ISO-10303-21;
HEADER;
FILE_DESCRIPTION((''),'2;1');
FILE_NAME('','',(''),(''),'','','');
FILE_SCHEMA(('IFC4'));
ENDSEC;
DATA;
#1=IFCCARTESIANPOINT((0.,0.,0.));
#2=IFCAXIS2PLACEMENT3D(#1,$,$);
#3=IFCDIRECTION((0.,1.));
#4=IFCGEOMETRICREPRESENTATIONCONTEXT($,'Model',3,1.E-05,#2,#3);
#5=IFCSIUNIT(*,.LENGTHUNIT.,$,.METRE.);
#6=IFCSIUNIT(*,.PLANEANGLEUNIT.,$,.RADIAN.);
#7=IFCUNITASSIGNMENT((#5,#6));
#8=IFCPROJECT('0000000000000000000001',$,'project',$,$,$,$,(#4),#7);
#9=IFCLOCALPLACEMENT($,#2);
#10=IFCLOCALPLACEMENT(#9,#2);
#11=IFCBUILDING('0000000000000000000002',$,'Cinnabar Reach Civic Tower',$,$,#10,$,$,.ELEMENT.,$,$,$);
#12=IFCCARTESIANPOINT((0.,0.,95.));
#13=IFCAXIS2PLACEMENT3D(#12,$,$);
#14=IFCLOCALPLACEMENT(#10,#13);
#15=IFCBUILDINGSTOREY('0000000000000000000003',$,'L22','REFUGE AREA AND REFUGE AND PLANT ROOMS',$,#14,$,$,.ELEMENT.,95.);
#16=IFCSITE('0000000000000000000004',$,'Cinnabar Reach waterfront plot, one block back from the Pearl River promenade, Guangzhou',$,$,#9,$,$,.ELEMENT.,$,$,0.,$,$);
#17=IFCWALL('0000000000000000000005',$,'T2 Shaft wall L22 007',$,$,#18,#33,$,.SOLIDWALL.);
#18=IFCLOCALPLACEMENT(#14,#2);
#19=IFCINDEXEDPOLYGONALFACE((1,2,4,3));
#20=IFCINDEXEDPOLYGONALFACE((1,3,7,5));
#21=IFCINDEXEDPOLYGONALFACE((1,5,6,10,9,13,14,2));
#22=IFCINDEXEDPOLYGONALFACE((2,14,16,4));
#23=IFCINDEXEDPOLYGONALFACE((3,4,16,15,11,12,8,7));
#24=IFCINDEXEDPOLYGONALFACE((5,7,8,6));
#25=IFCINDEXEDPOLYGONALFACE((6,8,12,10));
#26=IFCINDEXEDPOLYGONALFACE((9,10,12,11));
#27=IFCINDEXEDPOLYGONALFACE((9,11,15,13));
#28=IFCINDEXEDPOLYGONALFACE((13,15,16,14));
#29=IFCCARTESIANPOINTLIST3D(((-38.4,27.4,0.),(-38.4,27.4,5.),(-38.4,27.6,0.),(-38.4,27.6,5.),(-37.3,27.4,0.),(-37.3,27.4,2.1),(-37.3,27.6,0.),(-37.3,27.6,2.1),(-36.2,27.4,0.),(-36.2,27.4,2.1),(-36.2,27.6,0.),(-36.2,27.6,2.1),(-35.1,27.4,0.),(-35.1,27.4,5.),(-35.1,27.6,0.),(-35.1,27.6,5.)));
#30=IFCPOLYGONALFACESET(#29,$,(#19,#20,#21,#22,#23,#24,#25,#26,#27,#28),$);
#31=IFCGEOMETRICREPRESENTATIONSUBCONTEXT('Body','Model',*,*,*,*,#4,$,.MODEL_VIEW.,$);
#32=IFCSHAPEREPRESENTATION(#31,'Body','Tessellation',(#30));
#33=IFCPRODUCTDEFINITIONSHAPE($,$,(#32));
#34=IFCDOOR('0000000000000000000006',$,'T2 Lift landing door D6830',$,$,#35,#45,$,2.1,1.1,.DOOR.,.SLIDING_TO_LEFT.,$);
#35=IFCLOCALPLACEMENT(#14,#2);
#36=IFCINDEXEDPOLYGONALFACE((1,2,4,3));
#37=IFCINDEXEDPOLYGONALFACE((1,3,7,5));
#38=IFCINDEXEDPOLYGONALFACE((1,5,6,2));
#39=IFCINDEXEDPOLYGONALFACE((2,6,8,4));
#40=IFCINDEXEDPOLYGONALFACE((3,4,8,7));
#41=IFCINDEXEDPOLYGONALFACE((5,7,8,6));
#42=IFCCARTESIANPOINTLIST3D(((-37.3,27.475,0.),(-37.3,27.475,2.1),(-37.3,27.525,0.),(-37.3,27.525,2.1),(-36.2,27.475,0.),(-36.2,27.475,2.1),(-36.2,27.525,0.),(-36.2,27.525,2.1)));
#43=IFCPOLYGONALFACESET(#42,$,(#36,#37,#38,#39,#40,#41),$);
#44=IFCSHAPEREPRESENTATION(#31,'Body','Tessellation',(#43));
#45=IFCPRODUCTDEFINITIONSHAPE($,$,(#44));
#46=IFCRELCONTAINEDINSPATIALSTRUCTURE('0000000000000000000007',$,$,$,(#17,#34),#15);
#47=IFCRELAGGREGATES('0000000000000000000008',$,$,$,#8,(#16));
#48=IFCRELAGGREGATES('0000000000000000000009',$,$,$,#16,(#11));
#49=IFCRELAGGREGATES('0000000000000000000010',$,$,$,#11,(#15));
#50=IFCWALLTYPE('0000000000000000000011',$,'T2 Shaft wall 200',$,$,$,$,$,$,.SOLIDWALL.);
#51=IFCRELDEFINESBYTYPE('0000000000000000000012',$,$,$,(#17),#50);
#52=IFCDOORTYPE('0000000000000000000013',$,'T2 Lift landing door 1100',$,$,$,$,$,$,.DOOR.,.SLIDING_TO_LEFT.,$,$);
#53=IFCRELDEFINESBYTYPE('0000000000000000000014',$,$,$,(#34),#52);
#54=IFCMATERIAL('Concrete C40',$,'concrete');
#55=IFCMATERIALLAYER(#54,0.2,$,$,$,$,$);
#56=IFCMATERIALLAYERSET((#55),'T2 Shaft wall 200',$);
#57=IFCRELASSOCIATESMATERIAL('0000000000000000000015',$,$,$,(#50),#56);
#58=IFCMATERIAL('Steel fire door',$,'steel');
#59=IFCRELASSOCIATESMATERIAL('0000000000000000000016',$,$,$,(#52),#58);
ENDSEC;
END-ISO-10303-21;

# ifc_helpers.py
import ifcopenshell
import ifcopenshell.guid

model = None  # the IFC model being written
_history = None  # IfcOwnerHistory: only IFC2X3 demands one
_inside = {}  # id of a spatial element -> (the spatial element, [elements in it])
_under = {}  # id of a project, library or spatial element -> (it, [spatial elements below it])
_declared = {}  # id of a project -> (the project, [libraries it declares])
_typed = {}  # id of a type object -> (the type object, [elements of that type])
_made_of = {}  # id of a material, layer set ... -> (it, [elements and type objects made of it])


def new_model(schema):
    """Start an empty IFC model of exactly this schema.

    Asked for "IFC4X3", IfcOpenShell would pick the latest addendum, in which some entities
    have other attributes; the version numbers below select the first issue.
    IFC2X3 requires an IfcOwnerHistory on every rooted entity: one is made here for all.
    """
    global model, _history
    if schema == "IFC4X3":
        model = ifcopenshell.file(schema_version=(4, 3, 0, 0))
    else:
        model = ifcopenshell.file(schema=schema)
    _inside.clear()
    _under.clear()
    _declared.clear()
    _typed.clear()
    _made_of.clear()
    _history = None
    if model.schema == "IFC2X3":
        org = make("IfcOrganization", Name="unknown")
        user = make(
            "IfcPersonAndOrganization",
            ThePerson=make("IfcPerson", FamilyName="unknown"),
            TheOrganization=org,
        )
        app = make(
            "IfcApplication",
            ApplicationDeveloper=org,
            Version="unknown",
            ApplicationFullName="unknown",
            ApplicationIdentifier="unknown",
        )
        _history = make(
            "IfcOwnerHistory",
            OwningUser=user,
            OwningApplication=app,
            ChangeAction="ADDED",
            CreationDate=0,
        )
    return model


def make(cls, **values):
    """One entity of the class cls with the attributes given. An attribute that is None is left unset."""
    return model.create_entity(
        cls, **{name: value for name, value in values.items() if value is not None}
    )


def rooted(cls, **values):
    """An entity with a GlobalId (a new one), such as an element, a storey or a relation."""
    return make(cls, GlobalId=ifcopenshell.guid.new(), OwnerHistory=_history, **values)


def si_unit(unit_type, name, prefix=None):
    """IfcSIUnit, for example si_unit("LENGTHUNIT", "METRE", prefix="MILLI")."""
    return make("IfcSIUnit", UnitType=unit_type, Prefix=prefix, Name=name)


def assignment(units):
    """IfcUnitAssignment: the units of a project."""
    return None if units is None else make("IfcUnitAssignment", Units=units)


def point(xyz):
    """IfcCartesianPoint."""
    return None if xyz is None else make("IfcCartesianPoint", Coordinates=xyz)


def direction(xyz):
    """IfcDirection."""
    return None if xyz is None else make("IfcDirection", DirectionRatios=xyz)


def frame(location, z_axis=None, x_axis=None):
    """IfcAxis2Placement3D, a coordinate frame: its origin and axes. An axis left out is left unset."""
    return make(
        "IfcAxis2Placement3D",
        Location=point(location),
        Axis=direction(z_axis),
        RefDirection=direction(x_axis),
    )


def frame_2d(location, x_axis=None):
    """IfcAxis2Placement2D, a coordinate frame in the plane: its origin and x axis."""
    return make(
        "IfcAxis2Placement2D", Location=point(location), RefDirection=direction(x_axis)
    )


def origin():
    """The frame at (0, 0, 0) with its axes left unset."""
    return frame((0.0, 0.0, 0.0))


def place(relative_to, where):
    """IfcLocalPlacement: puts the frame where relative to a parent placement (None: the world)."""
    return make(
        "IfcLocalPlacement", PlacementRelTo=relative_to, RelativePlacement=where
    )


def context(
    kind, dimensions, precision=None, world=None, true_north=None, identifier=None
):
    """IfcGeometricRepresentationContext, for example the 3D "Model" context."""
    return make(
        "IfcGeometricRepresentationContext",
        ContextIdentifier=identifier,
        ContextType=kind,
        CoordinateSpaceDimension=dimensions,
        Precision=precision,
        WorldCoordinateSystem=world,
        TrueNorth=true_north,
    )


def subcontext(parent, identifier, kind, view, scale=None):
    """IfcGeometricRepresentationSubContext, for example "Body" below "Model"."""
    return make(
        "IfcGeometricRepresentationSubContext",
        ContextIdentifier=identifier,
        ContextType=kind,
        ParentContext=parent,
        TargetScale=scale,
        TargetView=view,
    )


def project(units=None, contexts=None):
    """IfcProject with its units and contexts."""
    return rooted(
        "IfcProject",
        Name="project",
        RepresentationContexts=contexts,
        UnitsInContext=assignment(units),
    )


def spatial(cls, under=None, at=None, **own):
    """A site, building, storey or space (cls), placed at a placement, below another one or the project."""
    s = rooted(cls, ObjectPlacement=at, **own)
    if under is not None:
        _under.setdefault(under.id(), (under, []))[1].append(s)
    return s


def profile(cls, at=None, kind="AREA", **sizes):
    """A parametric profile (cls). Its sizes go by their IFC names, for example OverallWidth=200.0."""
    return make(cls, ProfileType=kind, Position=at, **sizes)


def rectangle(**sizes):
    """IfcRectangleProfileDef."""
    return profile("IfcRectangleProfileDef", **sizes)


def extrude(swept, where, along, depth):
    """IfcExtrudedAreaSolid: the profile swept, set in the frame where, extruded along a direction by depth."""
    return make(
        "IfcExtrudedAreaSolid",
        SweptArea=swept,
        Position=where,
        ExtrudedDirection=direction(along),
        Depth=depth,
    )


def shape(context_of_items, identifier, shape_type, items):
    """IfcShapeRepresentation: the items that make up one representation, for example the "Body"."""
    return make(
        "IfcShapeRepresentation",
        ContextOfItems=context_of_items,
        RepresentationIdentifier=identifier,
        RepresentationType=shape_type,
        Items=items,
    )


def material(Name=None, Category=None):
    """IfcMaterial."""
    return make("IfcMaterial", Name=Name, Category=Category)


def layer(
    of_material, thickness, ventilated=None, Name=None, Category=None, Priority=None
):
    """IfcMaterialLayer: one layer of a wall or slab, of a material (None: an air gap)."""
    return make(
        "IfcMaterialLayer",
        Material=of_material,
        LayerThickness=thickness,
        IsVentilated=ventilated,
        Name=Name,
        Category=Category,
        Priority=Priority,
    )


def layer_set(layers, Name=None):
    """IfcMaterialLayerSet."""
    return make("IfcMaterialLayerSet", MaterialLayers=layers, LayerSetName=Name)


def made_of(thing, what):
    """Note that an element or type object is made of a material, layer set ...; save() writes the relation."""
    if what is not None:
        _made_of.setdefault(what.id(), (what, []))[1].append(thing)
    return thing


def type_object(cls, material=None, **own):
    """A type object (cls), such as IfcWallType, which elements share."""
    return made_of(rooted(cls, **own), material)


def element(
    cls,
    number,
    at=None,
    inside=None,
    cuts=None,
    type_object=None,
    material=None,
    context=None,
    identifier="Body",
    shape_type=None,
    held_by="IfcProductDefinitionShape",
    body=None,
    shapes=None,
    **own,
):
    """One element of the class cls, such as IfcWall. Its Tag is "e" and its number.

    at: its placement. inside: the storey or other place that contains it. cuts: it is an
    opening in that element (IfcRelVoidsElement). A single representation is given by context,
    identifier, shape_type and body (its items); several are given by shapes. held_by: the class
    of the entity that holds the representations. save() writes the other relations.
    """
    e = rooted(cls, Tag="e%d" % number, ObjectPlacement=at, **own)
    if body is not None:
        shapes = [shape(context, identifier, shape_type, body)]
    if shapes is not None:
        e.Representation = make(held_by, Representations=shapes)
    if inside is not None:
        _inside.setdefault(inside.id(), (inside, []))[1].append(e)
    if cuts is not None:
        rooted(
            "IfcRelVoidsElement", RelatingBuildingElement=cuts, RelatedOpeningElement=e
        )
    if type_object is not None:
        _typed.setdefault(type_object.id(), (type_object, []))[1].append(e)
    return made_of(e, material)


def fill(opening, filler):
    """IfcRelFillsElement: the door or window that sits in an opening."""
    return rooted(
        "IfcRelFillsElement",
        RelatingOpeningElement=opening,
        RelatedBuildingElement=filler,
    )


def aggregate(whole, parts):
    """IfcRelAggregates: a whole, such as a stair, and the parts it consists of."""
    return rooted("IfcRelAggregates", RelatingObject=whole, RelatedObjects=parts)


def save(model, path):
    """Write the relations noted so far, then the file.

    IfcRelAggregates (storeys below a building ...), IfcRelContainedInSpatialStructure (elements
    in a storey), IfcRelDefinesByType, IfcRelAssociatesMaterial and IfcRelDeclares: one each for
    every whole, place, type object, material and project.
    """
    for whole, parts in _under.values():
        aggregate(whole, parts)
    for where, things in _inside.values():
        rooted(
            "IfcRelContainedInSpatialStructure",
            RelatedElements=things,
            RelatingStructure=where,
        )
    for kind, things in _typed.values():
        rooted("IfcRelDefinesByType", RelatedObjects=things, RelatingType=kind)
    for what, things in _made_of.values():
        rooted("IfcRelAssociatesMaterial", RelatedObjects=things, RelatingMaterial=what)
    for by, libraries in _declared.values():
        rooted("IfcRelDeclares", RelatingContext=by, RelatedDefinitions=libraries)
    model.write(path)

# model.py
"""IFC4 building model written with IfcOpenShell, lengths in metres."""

from ifc_helpers import new_model, si_unit, direction, frame, frame_2d, origin, place, context, subcontext, project, spatial, rectangle, extrude, material, layer, layer_set, type_object, element, fill, save


model = new_model("IFC4")

# Units and contexts
model_context = context("Model", 3, precision=1e-05, world=origin(), true_north=direction((0.0, 1.0)))
body_context = subcontext(model_context, "Body", "Model", "MODEL_VIEW")
ifc_project = project(units=[si_unit("LENGTHUNIT", "METRE"), si_unit("PLANEANGLEUNIT", "RADIAN")], contexts=[model_context])

# Site, building, storey
site_placement = place(None, origin())
site = spatial("IfcSite", under=ifc_project, at=site_placement, Name="Cinnabar Reach waterfront plot, one block back from the Pearl River promenade, Guangzhou", CompositionType="ELEMENT", RefElevation=0.0)
building_placement = place(site_placement, origin())
building = spatial("IfcBuilding", under=site, at=building_placement, Name="Cinnabar Reach Civic Tower", CompositionType="ELEMENT")
storey_placement = place(building_placement, frame((0.0, 0.0, 95.0)))
storey = spatial("IfcBuildingStorey", under=building, at=storey_placement, Name="L22", Description="REFUGE AREA AND REFUGE AND PLANT ROOMS", CompositionType="ELEMENT", Elevation=95.0)

# Shared definitions
ifc_material_1 = material(Name="Steel fire door", Category="steel")

# Wall, opening, door
ifc_material_2 = material(Name="Concrete C40", Category="concrete")
ifc_layer_1 = layer(ifc_material_2, 0.2)
ifc_layer_set_1 = layer_set([ifc_layer_1], Name="T2 Shaft wall 200")
wall_type_1 = type_object("IfcWallType", Name="T2 Shaft wall 200", PredefinedType="SOLIDWALL", material=ifc_layer_set_1)
wall_1_placement = place(storey_placement, frame((-38.4, 27.5, 0.0), z_axis=(0.0, 0.0, 1.0), x_axis=(1.0, 0.0, 0.0)))
wall_1 = element("IfcWall", 1, at=wall_1_placement, inside=storey, type_object=wall_type_1, Name="T2 Shaft wall L22 007", PredefinedType="SOLIDWALL", context=body_context, shape_type="SweptSolid", body=[
    extrude(rectangle(XDim=3.3, YDim=0.2, at=frame_2d((1.65, 0.0))), origin(), (0.0, 0.0, 1.0), 5.0),
])
opening_1_placement = place(wall_1_placement, frame((1.1, 0.0, 0.0)))
opening_1 = element("IfcOpeningElement", 2, at=opening_1_placement, cuts=wall_1, PredefinedType="OPENING", context=body_context, shape_type="SweptSolid", body=[
    extrude(rectangle(XDim=1.1, YDim=2.1, at=frame_2d((0.55, 1.05))), frame((0.0, 0.11, 0.0), z_axis=(0.0, -1.0, 0.0), x_axis=(1.0, 0.0, 0.0)), (0.0, 0.0, 1.0), 0.22),
])
door_type_1 = type_object("IfcDoorType", Name="T2 Lift landing door 1100", OperationType="SLIDING_TO_LEFT", PredefinedType="DOOR", material=ifc_material_1)
door_1_placement = place(opening_1_placement, origin())
door_1 = element("IfcDoor", 3, at=door_1_placement, inside=storey, type_object=door_type_1, Name="T2 Lift landing door D6830", OperationType="SLIDING_TO_LEFT", OverallHeight=2.1, OverallWidth=1.1, PredefinedType="DOOR", context=body_context, shape_type="SweptSolid", body=[
    extrude(rectangle(XDim=1.1, YDim=2.1, at=frame_2d((0.55, 1.05))), frame((0.0, 0.025, 0.0), z_axis=(0.0, -1.0, 0.0), x_axis=(1.0, 0.0, 0.0)), (0.0, 0.0, 1.0), 0.05),
])
fill(opening_1, door_1)

save(model, "model.ifc")
